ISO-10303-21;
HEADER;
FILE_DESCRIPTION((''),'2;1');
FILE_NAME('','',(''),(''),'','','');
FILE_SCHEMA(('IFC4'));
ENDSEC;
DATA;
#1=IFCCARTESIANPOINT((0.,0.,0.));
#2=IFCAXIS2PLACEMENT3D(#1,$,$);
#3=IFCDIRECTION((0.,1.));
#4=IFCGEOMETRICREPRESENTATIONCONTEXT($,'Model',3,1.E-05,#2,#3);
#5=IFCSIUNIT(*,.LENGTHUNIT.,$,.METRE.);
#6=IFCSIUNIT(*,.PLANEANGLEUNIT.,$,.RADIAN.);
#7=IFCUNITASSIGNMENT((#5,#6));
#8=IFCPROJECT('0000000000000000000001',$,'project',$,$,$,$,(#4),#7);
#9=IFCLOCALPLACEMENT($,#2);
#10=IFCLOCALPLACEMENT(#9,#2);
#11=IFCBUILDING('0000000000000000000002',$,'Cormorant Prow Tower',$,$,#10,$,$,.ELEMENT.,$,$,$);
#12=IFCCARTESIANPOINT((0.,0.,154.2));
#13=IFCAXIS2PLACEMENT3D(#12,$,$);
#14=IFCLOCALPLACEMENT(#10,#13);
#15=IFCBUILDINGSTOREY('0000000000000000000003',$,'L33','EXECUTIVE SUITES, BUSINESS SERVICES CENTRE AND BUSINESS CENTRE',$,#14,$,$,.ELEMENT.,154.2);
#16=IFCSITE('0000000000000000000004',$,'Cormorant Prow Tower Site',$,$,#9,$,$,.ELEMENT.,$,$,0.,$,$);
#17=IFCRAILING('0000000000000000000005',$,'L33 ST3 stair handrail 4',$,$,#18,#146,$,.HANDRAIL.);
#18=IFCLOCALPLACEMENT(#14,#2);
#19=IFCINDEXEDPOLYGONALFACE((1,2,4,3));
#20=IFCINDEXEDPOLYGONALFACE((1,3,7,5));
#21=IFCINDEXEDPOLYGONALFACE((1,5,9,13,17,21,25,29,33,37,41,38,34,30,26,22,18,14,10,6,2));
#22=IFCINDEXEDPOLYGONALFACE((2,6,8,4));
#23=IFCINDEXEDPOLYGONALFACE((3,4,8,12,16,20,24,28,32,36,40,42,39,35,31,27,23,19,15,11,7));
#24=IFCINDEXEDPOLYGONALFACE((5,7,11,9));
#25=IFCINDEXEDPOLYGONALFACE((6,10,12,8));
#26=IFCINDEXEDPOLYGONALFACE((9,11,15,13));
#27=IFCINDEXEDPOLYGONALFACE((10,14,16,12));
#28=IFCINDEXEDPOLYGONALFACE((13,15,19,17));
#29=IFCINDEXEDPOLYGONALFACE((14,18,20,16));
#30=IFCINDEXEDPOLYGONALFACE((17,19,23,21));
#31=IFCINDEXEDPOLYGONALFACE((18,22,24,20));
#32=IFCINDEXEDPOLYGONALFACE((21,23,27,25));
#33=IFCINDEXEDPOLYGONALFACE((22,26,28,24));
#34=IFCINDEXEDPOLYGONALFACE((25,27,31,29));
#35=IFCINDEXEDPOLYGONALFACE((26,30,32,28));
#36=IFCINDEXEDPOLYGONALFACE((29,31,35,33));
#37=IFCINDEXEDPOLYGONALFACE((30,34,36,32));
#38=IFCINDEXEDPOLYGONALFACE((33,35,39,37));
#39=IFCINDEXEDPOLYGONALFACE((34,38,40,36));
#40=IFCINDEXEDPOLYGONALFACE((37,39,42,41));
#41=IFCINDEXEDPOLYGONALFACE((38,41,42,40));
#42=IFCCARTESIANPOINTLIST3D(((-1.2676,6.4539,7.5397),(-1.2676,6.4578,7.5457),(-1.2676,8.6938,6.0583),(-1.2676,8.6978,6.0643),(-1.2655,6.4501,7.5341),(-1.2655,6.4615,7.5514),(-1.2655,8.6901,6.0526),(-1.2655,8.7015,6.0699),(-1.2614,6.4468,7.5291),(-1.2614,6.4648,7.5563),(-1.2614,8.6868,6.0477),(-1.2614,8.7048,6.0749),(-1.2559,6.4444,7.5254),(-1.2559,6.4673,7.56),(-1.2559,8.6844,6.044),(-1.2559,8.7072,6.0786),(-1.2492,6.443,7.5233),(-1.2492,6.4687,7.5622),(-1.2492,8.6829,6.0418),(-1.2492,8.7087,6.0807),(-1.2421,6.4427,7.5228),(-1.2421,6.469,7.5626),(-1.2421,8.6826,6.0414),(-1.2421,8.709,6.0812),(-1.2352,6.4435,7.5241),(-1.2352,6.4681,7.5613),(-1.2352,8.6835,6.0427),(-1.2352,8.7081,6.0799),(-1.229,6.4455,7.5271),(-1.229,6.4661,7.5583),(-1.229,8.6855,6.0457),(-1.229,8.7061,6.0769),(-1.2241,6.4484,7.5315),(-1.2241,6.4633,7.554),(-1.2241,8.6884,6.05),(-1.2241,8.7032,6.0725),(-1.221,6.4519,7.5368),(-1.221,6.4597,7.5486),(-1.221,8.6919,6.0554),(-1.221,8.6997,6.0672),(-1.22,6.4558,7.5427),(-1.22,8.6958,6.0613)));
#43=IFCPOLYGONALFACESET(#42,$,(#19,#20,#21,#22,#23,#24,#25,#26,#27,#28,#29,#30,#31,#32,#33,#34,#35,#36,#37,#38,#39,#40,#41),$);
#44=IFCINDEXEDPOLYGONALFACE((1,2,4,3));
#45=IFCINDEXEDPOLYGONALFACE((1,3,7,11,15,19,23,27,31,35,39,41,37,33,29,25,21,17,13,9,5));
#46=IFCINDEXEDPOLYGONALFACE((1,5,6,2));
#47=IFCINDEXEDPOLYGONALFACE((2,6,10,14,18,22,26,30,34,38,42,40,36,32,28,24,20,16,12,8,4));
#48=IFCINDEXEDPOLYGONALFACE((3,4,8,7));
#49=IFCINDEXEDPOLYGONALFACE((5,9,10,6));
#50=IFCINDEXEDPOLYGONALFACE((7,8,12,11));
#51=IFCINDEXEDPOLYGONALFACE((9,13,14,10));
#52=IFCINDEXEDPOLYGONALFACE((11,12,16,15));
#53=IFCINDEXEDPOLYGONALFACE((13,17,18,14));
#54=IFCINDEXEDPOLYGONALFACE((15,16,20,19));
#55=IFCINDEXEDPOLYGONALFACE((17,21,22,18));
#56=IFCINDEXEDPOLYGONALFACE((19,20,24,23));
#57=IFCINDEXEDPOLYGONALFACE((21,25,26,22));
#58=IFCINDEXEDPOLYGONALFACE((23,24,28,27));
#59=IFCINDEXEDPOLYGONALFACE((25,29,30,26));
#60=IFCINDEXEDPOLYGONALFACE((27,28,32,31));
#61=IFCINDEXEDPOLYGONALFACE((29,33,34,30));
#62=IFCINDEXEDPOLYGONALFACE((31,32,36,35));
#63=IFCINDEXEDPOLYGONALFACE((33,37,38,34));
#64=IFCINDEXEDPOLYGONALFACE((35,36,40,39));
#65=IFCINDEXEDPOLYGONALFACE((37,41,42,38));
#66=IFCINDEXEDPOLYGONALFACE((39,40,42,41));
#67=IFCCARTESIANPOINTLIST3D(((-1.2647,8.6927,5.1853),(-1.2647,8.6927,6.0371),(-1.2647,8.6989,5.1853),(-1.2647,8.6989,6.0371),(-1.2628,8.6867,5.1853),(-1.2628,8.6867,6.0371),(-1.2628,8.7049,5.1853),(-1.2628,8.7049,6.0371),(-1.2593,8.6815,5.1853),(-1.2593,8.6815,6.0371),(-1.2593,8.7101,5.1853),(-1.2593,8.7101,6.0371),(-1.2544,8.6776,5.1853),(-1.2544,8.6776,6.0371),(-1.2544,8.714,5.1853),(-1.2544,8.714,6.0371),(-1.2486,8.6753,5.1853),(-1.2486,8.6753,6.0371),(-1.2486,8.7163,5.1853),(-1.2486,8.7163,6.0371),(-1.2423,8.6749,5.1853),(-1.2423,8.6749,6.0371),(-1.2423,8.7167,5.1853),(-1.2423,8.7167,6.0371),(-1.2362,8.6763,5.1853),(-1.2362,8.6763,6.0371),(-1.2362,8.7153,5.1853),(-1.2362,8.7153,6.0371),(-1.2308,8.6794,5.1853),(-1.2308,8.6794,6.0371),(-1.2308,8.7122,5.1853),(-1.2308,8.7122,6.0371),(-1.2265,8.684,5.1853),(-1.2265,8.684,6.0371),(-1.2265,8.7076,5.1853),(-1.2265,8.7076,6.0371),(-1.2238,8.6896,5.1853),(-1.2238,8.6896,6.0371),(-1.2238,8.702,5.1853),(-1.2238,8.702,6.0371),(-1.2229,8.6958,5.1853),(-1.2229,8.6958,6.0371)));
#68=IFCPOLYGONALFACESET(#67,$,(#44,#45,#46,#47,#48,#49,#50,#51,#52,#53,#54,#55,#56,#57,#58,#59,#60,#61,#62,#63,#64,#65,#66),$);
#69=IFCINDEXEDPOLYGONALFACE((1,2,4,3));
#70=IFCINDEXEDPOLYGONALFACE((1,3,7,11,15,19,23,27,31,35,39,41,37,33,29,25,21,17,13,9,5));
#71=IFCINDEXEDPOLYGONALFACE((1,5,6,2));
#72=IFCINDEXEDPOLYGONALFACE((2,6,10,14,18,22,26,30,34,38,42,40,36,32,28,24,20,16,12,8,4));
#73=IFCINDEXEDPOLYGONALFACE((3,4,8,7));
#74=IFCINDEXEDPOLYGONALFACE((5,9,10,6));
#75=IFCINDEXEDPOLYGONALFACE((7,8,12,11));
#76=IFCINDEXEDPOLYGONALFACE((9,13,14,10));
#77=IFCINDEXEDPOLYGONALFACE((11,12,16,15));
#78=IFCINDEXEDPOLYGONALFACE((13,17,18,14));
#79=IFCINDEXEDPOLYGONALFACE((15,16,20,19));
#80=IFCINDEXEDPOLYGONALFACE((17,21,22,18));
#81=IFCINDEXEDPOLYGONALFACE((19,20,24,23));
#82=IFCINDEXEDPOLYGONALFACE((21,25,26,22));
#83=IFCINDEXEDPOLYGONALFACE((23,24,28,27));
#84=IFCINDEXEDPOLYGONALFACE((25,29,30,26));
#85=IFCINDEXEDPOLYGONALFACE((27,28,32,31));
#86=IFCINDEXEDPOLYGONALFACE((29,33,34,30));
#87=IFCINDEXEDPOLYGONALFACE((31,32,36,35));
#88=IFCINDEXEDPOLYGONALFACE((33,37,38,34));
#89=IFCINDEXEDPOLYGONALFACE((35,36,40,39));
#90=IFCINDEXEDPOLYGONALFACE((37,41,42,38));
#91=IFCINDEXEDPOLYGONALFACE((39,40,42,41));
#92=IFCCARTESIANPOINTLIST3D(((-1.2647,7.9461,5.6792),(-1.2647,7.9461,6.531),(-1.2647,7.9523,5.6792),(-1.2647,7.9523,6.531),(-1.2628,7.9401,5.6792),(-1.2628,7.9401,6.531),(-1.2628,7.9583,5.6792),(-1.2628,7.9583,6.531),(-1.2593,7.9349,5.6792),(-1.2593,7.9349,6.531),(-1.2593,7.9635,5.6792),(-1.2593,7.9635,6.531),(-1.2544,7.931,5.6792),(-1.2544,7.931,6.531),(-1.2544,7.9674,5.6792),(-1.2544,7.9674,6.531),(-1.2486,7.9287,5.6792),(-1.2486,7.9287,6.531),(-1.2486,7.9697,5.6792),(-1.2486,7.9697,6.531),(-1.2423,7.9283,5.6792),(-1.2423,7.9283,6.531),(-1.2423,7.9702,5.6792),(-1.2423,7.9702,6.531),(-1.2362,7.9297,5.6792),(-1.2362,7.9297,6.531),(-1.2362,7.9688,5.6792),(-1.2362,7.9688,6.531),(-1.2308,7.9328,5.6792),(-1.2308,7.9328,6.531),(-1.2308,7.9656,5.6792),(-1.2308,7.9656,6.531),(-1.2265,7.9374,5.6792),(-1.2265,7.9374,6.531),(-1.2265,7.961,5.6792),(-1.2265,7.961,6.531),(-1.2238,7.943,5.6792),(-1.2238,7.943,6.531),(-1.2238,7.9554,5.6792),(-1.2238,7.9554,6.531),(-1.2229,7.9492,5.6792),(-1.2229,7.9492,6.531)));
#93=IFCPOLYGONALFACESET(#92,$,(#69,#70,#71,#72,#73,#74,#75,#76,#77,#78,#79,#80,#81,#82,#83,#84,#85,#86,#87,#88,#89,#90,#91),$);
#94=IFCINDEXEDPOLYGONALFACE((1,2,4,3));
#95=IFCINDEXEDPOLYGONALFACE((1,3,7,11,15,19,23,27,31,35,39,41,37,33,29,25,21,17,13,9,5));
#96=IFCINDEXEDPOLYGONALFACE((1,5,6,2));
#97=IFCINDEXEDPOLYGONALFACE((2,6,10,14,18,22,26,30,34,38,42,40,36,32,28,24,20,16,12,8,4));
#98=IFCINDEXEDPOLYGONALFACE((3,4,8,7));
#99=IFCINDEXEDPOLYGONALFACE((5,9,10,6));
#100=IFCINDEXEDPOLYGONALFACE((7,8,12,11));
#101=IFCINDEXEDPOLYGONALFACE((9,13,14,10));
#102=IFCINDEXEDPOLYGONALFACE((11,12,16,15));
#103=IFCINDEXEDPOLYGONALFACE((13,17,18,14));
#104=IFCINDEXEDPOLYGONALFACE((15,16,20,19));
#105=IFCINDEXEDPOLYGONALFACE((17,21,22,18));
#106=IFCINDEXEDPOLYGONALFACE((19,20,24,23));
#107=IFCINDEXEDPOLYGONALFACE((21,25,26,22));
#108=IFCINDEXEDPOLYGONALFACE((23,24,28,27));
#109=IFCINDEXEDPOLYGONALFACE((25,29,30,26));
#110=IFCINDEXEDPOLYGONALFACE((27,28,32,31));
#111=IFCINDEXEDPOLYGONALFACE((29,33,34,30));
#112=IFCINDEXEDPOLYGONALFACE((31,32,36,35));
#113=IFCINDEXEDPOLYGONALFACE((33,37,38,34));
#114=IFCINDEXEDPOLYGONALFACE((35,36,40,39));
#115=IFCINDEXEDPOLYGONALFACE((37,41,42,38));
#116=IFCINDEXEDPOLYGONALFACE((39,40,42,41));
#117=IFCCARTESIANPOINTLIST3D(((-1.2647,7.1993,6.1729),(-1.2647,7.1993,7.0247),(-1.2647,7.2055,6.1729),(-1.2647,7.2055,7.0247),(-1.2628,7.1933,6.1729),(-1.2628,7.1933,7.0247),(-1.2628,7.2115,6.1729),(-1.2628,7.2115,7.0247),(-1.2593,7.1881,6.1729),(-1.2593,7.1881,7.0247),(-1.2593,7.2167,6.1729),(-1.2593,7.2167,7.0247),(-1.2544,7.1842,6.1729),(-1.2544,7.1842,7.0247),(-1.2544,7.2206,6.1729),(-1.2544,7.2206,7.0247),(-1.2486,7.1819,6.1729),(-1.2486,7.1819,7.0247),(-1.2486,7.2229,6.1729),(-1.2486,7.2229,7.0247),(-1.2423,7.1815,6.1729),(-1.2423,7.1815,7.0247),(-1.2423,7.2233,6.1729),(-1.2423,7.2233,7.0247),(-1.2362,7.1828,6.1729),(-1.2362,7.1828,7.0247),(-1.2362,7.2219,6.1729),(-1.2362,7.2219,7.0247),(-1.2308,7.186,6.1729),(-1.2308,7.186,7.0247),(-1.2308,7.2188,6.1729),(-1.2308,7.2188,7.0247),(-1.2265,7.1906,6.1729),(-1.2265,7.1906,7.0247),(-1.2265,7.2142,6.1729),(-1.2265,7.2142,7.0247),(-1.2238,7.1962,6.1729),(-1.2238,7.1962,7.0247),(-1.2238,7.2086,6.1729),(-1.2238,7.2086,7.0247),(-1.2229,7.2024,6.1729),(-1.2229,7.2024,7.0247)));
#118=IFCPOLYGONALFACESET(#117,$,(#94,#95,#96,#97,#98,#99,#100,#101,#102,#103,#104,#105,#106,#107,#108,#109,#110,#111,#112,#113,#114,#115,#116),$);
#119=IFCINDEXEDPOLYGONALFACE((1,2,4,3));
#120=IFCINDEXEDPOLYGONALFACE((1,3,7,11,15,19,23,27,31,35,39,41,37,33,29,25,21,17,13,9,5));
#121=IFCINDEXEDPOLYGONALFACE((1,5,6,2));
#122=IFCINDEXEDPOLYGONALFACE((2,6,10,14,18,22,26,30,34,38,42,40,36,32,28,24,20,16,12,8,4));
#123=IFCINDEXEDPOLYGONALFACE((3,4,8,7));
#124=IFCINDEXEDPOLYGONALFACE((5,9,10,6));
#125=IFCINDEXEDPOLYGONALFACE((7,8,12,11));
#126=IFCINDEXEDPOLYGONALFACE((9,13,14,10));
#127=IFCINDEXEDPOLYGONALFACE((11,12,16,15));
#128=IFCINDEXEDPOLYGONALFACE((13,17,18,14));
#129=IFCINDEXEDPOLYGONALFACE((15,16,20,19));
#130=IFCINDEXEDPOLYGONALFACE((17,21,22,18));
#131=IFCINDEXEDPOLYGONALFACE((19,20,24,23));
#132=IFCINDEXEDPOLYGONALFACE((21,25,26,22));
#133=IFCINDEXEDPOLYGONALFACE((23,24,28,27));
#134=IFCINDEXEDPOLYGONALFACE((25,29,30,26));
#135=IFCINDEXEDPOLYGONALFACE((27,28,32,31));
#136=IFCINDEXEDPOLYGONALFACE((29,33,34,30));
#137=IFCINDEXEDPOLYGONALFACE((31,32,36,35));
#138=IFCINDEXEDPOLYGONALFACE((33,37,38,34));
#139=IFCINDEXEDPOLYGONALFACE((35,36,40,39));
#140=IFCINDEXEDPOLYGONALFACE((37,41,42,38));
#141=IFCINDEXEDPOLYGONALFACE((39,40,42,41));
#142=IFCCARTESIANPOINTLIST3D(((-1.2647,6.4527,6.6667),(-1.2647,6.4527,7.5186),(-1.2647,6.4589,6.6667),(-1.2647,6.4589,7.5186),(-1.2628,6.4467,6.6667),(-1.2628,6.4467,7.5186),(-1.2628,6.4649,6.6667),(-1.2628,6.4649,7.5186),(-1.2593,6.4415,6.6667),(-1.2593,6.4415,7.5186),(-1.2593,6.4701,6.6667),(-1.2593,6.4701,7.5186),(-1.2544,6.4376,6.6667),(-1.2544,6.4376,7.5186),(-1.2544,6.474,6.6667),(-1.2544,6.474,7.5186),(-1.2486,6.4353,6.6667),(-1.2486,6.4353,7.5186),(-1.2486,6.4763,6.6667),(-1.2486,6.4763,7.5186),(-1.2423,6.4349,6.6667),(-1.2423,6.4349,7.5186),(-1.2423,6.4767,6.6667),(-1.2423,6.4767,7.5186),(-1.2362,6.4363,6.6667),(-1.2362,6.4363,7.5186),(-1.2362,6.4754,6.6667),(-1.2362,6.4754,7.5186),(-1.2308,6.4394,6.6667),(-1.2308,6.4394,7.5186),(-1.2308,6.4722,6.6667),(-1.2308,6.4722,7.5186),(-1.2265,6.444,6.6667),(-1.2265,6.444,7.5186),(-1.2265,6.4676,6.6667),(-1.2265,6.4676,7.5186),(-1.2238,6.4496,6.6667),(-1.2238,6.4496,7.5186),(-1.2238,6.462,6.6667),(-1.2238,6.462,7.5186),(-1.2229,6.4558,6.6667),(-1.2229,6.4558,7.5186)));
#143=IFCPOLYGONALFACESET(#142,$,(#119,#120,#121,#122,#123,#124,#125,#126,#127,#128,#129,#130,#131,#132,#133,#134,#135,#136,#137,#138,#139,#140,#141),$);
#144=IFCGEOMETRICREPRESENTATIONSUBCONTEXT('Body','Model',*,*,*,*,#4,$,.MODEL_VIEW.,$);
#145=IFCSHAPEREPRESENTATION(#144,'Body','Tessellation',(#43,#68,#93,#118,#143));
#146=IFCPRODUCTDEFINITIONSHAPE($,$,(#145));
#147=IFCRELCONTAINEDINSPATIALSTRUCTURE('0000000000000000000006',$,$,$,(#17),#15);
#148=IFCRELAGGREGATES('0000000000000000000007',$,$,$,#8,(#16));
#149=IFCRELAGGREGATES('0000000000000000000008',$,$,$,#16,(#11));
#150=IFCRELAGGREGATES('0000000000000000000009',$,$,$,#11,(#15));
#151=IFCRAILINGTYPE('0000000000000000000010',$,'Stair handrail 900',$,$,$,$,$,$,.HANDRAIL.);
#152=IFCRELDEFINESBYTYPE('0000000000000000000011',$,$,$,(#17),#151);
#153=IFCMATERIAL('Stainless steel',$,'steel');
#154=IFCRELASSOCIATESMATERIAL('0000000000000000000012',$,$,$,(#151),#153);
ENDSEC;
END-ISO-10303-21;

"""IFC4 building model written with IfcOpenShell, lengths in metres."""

from ifc_helpers import new_model, si_unit, direction, frame, origin, origin_2d, place, context, subcontext, project, spatial, circle, extrude, material, type_object, element, save


model = new_model("IFC4")

# Units and contexts
model_context = context("Model", 3, precision=1e-05, world=origin(), true_north=direction((0.0, 1.0)))
body_context = subcontext(model_context, "Body", "Model", "MODEL_VIEW")
ifc_project = project(units=[si_unit("LENGTHUNIT", "METRE"), si_unit("PLANEANGLEUNIT", "RADIAN")], contexts=[model_context])

# Site, building, storey
site_placement = place(None, origin())
site = spatial("IfcSite", under=ifc_project, at=site_placement, Name="Cormorant Prow Tower Site", CompositionType="ELEMENT", RefElevation=0.0)
building_placement = place(site_placement, origin())
building = spatial("IfcBuilding", under=site, at=building_placement, Name="Cormorant Prow Tower", CompositionType="ELEMENT")
storey_placement = place(building_placement, frame((0.0, 0.0, 154.2)))
storey = spatial("IfcBuildingStorey", under=building, at=storey_placement, Name="L33", Description="EXECUTIVE SUITES, BUSINESS SERVICES CENTRE AND BUSINESS CENTRE", CompositionType="ELEMENT", Elevation=154.2)

# Railing
ifc_material_1 = material(Name="Stainless steel", Category="steel")
railing_type = type_object("IfcRailingType", Name="Stair handrail 900", PredefinedType="HANDRAIL", material=ifc_material_1)
for number, where, name in (
    (1, (-1.2439, 8.6958, 5.1853), "L33 ST3 stair handrail 4"),
):
    element("IfcRailing", number, at=place(storey_placement, frame(where)), inside=storey, type_object=railing_type, Name=name, PredefinedType="HANDRAIL", context=body_context, shape_type="SweptSolid", body=[
        extrude(circle(Radius=0.0239, at=origin_2d()), frame((0.0, 0.0, 0.876), z_axis=(0.0, -0.834087, 0.551634), x_axis=(1.0, 0.0, 0.0)), (0.0, 0.0, 1.0), 2.6855),
        extrude(circle(Radius=0.021, at=origin_2d()), origin(), (0.0, 0.0, 1.0), 0.8518),
        extrude(circle(Radius=0.021, at=origin_2d()), frame((0.0, -0.7466, 0.4939)), (0.0, 0.0, 1.0), 0.8518),
        extrude(circle(Radius=0.021, at=origin_2d()), frame((0.0, -1.4934, 0.9875)), (0.0, 0.0, 1.0), 0.8518),
        extrude(circle(Radius=0.021, at=origin_2d()), frame((0.0, -2.24, 1.4814)), (0.0, 0.0, 1.0), 0.8518),
    ])

save(model, "model.ifc")
